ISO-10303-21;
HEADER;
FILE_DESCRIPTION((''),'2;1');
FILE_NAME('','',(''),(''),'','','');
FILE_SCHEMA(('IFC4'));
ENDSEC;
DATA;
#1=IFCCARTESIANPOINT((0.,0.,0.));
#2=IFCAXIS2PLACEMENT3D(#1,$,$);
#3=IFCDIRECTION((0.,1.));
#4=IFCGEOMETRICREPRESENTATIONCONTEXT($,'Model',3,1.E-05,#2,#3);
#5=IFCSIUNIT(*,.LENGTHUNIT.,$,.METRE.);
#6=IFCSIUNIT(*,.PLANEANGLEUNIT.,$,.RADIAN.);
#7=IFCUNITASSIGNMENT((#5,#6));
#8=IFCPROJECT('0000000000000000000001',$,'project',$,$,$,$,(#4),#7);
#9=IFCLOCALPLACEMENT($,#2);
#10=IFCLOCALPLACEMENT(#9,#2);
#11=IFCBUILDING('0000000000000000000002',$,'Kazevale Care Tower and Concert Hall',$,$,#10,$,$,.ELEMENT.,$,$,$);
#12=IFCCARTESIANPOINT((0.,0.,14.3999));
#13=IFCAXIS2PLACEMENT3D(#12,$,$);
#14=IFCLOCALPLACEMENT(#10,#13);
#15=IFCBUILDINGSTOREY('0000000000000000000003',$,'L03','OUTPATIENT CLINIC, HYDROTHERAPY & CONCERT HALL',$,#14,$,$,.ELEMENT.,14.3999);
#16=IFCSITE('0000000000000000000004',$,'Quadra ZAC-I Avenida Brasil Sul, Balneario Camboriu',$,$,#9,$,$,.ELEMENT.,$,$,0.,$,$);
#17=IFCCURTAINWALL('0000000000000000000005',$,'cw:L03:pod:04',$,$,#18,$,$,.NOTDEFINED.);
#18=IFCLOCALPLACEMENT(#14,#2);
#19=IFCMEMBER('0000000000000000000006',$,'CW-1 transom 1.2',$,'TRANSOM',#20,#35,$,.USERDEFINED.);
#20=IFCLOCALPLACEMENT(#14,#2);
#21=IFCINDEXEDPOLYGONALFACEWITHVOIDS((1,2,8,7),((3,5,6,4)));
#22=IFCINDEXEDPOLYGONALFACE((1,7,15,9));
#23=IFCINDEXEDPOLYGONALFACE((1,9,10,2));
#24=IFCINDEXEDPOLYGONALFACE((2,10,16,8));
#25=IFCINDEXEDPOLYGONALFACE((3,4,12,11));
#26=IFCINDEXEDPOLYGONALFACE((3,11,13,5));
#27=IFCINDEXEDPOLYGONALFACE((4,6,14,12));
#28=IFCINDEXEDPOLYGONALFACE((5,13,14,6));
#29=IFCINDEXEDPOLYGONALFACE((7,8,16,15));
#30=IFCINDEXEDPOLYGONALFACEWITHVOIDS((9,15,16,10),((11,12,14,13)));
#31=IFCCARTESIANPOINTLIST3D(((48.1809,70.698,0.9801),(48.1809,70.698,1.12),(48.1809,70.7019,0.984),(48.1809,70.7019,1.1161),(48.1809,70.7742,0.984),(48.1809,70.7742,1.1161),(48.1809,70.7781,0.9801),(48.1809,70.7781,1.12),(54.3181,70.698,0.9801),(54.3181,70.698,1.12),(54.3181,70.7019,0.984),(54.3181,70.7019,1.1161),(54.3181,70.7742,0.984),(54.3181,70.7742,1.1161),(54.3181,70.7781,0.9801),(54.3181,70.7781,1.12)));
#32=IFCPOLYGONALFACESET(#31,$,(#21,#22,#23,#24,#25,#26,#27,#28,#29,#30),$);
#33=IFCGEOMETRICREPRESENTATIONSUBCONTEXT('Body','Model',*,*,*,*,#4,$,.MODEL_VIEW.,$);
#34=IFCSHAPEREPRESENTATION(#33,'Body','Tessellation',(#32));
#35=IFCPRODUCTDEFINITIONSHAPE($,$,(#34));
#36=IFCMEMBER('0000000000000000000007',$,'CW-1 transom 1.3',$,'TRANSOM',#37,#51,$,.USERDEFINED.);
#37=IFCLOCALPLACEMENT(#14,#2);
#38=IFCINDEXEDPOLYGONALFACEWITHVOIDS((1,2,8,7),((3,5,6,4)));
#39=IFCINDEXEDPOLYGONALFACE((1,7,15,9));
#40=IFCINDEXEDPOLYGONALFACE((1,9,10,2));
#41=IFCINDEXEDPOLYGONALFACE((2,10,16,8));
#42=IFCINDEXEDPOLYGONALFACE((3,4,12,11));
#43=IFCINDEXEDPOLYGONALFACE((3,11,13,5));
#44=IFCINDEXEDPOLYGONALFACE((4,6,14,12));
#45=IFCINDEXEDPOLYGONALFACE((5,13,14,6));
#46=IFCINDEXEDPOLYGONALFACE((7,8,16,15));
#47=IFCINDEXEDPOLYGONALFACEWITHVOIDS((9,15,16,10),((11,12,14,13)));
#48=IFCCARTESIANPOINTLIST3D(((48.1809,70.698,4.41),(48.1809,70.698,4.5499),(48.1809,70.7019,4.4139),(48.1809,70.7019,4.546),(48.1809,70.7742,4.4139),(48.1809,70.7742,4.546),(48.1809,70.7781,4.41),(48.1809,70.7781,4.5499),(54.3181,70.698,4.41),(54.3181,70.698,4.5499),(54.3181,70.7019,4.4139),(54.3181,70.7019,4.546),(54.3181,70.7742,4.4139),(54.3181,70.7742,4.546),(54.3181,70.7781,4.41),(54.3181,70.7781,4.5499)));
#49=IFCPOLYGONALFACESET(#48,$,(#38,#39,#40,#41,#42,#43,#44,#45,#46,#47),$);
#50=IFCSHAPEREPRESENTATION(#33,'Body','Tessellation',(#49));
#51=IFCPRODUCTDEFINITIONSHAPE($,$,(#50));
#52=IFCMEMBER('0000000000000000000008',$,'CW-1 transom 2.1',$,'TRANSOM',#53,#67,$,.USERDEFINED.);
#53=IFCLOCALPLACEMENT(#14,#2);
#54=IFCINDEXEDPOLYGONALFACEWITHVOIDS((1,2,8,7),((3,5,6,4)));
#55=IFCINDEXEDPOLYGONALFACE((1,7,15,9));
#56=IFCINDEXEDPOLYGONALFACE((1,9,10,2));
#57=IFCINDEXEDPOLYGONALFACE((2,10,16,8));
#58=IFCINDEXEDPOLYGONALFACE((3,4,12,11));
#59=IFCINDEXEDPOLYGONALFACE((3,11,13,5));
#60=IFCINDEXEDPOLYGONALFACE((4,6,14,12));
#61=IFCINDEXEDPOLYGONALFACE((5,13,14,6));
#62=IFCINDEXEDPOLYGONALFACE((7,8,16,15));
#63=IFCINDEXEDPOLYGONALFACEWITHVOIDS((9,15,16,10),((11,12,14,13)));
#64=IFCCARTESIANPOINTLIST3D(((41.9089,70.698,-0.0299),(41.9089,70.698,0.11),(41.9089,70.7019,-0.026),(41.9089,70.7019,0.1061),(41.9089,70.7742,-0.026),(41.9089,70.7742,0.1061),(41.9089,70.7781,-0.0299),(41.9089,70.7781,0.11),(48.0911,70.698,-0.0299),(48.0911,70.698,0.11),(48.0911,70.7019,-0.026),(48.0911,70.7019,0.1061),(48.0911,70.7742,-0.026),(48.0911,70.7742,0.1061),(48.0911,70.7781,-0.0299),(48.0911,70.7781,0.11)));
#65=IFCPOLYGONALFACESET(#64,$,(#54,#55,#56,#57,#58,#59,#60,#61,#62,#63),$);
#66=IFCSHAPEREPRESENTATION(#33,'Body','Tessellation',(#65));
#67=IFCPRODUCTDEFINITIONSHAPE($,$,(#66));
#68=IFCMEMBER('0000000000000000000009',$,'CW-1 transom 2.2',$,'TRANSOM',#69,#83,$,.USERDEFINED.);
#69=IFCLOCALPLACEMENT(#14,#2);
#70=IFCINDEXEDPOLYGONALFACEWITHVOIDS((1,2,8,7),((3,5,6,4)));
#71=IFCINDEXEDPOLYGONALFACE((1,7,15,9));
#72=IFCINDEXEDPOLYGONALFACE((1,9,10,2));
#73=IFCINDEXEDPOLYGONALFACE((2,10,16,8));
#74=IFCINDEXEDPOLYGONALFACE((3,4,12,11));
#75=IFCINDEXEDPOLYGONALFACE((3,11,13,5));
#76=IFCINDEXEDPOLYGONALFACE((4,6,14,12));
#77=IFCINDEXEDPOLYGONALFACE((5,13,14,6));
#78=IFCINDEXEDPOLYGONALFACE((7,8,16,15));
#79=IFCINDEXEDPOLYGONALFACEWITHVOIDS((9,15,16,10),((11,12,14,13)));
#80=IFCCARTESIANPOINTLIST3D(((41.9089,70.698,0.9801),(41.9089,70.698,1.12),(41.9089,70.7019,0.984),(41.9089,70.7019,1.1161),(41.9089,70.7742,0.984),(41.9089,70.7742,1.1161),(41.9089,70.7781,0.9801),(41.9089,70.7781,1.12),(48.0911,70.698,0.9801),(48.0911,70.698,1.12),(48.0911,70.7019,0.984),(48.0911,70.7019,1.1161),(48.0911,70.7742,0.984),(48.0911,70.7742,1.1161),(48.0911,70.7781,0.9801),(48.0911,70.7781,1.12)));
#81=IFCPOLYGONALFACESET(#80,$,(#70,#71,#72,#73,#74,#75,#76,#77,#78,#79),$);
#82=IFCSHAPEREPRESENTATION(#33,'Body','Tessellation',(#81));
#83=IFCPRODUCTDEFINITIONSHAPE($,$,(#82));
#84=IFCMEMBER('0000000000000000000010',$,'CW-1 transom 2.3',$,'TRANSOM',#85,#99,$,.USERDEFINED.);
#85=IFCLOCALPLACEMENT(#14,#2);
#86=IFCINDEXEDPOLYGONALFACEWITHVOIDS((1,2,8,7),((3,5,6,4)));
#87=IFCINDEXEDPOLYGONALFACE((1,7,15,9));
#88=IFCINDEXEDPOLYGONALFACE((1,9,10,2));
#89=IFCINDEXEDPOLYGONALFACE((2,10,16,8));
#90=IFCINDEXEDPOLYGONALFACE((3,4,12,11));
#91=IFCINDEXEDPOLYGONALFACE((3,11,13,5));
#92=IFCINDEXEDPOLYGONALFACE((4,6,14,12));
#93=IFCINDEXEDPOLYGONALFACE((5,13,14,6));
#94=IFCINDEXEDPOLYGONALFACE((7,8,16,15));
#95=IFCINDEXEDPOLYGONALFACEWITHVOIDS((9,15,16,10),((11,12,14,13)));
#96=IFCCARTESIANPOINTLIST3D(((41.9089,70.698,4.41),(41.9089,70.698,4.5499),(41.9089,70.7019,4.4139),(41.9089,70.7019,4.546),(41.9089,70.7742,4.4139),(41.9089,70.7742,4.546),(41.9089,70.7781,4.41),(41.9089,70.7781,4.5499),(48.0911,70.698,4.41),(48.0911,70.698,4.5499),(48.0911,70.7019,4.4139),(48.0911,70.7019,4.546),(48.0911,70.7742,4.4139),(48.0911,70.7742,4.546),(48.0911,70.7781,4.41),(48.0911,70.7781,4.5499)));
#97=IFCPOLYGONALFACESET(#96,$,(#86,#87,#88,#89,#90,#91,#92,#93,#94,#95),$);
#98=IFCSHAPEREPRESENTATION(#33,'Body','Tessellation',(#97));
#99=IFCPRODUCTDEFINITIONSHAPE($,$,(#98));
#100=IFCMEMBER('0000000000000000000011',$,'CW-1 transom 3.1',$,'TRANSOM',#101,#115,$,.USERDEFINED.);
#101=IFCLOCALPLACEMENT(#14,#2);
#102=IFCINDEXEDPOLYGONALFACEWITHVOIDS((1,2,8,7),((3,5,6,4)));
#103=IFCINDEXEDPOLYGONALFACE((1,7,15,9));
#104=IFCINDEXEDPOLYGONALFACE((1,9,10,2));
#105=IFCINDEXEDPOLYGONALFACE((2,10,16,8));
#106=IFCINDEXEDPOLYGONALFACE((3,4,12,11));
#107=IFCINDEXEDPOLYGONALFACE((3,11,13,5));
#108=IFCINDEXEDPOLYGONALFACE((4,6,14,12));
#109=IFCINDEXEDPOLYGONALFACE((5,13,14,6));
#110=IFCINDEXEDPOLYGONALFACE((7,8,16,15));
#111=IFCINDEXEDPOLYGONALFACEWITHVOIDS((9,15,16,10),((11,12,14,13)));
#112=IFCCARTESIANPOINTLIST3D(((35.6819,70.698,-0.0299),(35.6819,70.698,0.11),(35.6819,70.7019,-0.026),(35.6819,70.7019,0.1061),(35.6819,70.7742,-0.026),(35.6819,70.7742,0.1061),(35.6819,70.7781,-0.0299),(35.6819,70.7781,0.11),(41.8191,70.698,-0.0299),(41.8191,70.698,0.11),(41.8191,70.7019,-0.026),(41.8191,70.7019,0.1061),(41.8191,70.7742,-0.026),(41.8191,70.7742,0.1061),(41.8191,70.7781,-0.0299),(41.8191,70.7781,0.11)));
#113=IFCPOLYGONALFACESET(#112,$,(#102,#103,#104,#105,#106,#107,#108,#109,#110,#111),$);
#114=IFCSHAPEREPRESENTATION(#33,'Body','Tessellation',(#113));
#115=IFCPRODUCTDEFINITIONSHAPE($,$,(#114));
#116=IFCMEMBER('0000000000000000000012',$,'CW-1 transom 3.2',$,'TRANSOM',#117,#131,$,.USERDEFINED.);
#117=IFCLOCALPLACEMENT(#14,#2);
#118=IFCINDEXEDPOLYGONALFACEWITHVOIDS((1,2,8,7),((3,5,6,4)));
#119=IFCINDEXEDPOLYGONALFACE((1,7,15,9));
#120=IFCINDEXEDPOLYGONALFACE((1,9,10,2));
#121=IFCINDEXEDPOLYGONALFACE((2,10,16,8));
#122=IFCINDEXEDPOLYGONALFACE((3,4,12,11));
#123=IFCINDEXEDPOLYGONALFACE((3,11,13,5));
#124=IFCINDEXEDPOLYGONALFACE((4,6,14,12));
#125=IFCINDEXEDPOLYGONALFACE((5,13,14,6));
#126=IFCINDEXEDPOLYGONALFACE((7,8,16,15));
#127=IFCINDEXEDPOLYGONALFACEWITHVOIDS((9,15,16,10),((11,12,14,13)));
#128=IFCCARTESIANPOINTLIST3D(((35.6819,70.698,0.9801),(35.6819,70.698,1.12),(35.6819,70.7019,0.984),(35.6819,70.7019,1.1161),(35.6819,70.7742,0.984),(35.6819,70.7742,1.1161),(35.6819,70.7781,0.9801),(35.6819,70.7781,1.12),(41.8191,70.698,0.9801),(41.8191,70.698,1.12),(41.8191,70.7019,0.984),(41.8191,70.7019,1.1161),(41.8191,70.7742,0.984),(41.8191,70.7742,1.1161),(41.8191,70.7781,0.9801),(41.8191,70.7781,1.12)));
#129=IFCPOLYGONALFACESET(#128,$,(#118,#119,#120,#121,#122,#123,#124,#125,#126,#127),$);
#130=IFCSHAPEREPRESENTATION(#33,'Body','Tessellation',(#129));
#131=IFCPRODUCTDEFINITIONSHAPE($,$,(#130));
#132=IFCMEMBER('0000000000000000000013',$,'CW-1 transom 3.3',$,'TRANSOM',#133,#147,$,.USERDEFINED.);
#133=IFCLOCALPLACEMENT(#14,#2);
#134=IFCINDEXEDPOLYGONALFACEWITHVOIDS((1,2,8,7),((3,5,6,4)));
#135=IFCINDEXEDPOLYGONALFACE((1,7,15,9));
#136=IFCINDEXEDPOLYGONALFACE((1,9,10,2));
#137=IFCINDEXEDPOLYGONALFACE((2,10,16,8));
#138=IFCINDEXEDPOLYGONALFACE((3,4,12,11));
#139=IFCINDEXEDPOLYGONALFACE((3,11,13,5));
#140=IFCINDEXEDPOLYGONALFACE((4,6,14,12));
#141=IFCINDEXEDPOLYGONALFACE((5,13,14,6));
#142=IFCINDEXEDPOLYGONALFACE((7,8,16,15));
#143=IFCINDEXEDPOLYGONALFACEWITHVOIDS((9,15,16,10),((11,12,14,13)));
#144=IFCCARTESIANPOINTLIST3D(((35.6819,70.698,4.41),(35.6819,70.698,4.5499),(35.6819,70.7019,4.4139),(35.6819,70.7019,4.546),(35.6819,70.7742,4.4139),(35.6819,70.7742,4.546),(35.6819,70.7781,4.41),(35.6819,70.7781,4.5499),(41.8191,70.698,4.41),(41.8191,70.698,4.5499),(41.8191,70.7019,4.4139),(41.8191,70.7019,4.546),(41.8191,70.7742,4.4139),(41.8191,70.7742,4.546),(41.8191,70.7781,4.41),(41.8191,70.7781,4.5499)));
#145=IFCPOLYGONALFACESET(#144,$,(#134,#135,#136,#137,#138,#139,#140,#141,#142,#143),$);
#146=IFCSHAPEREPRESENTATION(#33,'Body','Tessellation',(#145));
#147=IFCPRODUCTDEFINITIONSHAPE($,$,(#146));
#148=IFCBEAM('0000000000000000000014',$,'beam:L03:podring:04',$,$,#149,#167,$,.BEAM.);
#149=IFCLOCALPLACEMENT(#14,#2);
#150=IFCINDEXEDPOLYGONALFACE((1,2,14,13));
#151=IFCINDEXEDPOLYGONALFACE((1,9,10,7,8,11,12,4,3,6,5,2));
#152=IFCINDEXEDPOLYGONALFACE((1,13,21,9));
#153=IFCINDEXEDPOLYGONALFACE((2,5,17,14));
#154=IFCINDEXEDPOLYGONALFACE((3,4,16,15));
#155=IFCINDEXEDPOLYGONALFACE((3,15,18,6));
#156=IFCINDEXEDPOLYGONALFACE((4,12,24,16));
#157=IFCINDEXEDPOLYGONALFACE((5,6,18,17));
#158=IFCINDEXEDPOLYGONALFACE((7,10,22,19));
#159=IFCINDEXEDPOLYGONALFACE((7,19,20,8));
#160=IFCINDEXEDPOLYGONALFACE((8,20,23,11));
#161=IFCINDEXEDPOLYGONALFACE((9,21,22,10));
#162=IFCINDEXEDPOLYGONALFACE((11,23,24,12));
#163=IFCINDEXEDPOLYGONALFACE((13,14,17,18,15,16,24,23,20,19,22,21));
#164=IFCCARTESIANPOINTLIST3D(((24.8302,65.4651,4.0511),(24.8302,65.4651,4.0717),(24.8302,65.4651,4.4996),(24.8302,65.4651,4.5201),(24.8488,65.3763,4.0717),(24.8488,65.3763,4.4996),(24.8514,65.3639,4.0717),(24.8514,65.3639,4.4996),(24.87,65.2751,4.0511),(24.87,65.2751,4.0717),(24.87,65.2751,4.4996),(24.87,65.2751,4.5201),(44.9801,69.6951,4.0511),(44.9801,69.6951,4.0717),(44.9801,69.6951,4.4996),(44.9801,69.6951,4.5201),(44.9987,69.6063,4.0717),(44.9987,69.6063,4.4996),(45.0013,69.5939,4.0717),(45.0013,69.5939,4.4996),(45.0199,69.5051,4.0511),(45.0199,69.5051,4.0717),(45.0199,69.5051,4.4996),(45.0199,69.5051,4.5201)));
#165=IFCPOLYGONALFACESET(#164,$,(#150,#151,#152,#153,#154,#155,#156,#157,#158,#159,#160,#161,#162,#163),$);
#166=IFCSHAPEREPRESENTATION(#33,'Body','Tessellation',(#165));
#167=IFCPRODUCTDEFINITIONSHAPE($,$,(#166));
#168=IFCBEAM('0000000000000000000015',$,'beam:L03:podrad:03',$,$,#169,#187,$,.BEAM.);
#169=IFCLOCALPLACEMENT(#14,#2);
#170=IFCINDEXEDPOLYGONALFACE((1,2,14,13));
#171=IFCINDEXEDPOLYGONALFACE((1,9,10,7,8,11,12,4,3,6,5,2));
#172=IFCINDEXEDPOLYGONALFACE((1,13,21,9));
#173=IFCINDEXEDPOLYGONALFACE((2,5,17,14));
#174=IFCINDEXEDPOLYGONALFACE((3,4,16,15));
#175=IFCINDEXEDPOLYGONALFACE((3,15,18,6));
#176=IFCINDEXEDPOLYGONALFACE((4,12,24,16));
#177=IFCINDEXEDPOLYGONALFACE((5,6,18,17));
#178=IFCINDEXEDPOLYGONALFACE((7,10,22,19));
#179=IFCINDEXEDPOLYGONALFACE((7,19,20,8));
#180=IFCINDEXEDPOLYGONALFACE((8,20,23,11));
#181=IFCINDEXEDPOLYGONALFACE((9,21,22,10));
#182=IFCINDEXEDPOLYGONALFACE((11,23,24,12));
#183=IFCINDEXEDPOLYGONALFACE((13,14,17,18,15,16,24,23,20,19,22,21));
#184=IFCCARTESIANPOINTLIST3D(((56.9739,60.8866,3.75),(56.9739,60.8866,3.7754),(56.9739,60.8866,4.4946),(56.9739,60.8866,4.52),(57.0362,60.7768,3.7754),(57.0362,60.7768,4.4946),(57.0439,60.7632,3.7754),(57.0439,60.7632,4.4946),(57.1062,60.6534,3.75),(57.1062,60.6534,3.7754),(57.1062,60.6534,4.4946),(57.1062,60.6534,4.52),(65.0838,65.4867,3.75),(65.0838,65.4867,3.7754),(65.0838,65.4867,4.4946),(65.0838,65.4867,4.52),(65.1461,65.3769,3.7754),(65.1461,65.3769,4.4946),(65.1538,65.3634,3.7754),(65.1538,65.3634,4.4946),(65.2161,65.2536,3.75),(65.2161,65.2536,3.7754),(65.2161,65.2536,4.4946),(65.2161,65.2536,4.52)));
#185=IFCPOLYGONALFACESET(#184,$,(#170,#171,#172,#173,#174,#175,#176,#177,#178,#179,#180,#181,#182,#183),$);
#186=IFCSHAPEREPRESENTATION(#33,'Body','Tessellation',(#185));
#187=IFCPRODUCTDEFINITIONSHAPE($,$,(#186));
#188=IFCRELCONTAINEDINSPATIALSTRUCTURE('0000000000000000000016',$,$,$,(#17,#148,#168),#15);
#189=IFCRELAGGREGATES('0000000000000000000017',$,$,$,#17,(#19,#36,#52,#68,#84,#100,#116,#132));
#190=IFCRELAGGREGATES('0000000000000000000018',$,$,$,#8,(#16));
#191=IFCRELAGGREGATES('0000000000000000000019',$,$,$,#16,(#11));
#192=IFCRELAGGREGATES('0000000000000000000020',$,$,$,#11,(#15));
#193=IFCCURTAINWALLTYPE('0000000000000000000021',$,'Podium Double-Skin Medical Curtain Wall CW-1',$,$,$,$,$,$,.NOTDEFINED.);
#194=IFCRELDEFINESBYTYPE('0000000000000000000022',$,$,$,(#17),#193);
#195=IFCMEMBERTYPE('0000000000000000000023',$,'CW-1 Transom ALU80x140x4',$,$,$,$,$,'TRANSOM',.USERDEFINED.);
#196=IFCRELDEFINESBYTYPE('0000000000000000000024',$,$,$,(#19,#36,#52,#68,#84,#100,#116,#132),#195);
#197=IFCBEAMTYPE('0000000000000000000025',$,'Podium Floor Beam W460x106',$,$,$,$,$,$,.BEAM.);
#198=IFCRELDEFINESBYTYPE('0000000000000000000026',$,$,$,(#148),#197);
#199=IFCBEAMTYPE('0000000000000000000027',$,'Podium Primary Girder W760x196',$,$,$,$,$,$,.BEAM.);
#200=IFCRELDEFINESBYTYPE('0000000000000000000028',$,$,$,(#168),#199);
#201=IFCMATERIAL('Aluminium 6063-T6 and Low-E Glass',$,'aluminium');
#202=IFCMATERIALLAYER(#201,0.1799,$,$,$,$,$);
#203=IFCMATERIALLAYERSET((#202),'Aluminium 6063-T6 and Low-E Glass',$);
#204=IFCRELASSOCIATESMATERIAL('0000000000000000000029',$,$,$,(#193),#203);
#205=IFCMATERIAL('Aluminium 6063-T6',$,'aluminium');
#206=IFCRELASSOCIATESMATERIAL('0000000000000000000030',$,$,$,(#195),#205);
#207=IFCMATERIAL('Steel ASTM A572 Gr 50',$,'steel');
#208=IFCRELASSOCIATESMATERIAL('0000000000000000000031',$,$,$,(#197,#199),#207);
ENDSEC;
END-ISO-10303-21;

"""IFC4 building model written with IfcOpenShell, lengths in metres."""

from ifc_helpers import new_model, si_unit, direction, frame, origin, origin_2d, place, context, subcontext, project, spatial, hollow_rectangle, i_section, extrude, material, layer, layer_set, material_profile, profile_set, type_object, element, aggregate, save


model = new_model("IFC4")

# Units and contexts
model_context = context("Model", 3, precision=1e-05, world=origin(), true_north=direction((0.0, 1.0)))
body_context = subcontext(model_context, "Body", "Model", "MODEL_VIEW")
ifc_project = project(units=[si_unit("LENGTHUNIT", "METRE"), si_unit("PLANEANGLEUNIT", "RADIAN")], contexts=[model_context])

# Site, building, storey
site_placement = place(None, origin())
site = spatial("IfcSite", under=ifc_project, at=site_placement, Name="Quadra ZAC-I Avenida Brasil Sul, Balneario Camboriu", CompositionType="ELEMENT", RefElevation=0.0)
building_placement = place(site_placement, origin())
building = spatial("IfcBuilding", under=site, at=building_placement, Name="Kazevale Care Tower and Concert Hall", CompositionType="ELEMENT")
storey_placement = place(building_placement, frame((0.0, 0.0, 14.3999)))
storey = spatial("IfcBuildingStorey", under=building, at=storey_placement, Name="L03", Description="OUTPATIENT CLINIC, HYDROTHERAPY & CONCERT HALL", CompositionType="ELEMENT", Elevation=14.3999)

# Curtain wall, members
ifc_material_1 = material(Name="Aluminium 6063-T6 and Low-E Glass", Category="aluminium")
ifc_layer_1 = layer(ifc_material_1, 0.1799)
ifc_layer_set_1 = layer_set([ifc_layer_1], Name="Aluminium 6063-T6 and Low-E Glass")
curtain_wall_type = type_object("IfcCurtainWallType", Name="Podium Double-Skin Medical Curtain Wall CW-1", PredefinedType="NOTDEFINED", material=ifc_layer_set_1)
curtain_wall_placement = place(storey_placement, origin())
curtain_wall = element("IfcCurtainWall", 1, at=curtain_wall_placement, inside=storey, type_object=curtain_wall_type, Name="cw:L03:pod:04", PredefinedType="NOTDEFINED")
ifc_material_2 = material(Name="Aluminium 6063-T6", Category="aluminium")
ifc_material_profile_1 = material_profile(ifc_material_2, hollow_rectangle(XDim=0.0801, YDim=0.1399, WallThickness=0.0039, at=origin_2d()), Name="ALU80x140x4")
ifc_profile_set_1 = profile_set([ifc_material_profile_1], Name="Aluminium 6063-T6")
member_type_1 = type_object("IfcMemberType", Name="CW-1 Transom ALU80x140x4", ElementType="TRANSOM", PredefinedType="USERDEFINED", material=ifc_profile_set_1)
member_1_placement = place(storey_placement, frame((54.3181, 70.738, 1.05), z_axis=(-1.0, 0.0, 0.0), x_axis=(0.0, -1.0, 0.0)))
member_1 = element("IfcMember", 2, at=member_1_placement, type_object=member_type_1, Name="CW-1 transom 1.2", ObjectType="TRANSOM", PredefinedType="USERDEFINED", context=body_context, shape_type="SweptSolid", body=[
    extrude(hollow_rectangle(XDim=0.0801, YDim=0.1399, WallThickness=0.0039, at=origin_2d()), origin(), (0.0, 0.0, 1.0), 6.1372),
])
member_2_placement = place(storey_placement, frame((54.3181, 70.738, 4.48), z_axis=(-1.0, 0.0, 0.0), x_axis=(0.0, -1.0, 0.0)))
member_2 = element("IfcMember", 3, at=member_2_placement, type_object=member_type_1, Name="CW-1 transom 1.3", ObjectType="TRANSOM", PredefinedType="USERDEFINED", context=body_context, shape_type="SweptSolid", body=[
    extrude(hollow_rectangle(XDim=0.0801, YDim=0.1399, WallThickness=0.0039, at=origin_2d()), origin(), (0.0, 0.0, 1.0), 6.1372),
])
member_3_placement = place(storey_placement, frame((48.0911, 70.738, 0.04), z_axis=(-1.0, 0.0, 0.0), x_axis=(0.0, -1.0, 0.0)))
member_3 = element("IfcMember", 4, at=member_3_placement, type_object=member_type_1, Name="CW-1 transom 2.1", ObjectType="TRANSOM", PredefinedType="USERDEFINED", context=body_context, shape_type="SweptSolid", body=[
    extrude(hollow_rectangle(XDim=0.0801, YDim=0.1399, WallThickness=0.0039, at=origin_2d()), origin(), (0.0, 0.0, 1.0), 6.1821),
])
member_4_placement = place(storey_placement, frame((48.0911, 70.738, 1.05), z_axis=(-1.0, 0.0, 0.0), x_axis=(0.0, -1.0, 0.0)))
member_4 = element("IfcMember", 5, at=member_4_placement, type_object=member_type_1, Name="CW-1 transom 2.2", ObjectType="TRANSOM", PredefinedType="USERDEFINED", context=body_context, shape_type="SweptSolid", body=[
    extrude(hollow_rectangle(XDim=0.0801, YDim=0.1399, WallThickness=0.0039, at=origin_2d()), origin(), (0.0, 0.0, 1.0), 6.1821),
])
member_5_placement = place(storey_placement, frame((48.0911, 70.738, 4.48), z_axis=(-1.0, 0.0, 0.0), x_axis=(0.0, -1.0, 0.0)))
member_5 = element("IfcMember", 6, at=member_5_placement, type_object=member_type_1, Name="CW-1 transom 2.3", ObjectType="TRANSOM", PredefinedType="USERDEFINED", context=body_context, shape_type="SweptSolid", body=[
    extrude(hollow_rectangle(XDim=0.0801, YDim=0.1399, WallThickness=0.0039, at=origin_2d()), origin(), (0.0, 0.0, 1.0), 6.1821),
])
member_6_placement = place(storey_placement, frame((41.8191, 70.738, 0.04), z_axis=(-1.0, 0.0, 0.0), x_axis=(0.0, -1.0, 0.0)))
member_6 = element("IfcMember", 7, at=member_6_placement, type_object=member_type_1, Name="CW-1 transom 3.1", ObjectType="TRANSOM", PredefinedType="USERDEFINED", context=body_context, shape_type="SweptSolid", body=[
    extrude(hollow_rectangle(XDim=0.0801, YDim=0.1399, WallThickness=0.0039, at=origin_2d()), origin(), (0.0, 0.0, 1.0), 6.1372),
])
member_7_placement = place(storey_placement, frame((41.8191, 70.738, 1.05), z_axis=(-1.0, 0.0, 0.0), x_axis=(0.0, -1.0, 0.0)))
member_7 = element("IfcMember", 8, at=member_7_placement, type_object=member_type_1, Name="CW-1 transom 3.2", ObjectType="TRANSOM", PredefinedType="USERDEFINED", context=body_context, shape_type="SweptSolid", body=[
    extrude(hollow_rectangle(XDim=0.0801, YDim=0.1399, WallThickness=0.0039, at=origin_2d()), origin(), (0.0, 0.0, 1.0), 6.1372),
])
member_8_placement = place(storey_placement, frame((41.8191, 70.738, 4.48), z_axis=(-1.0, 0.0, 0.0), x_axis=(0.0, -1.0, 0.0)))
member_8 = element("IfcMember", 9, at=member_8_placement, type_object=member_type_1, Name="CW-1 transom 3.3", ObjectType="TRANSOM", PredefinedType="USERDEFINED", context=body_context, shape_type="SweptSolid", body=[
    extrude(hollow_rectangle(XDim=0.0801, YDim=0.1399, WallThickness=0.0039, at=origin_2d()), origin(), (0.0, 0.0, 1.0), 6.1372),
])

# Beams
ifc_material_3 = material(Name="Steel ASTM A572 Gr 50", Category="steel")
ifc_material_profile_2 = material_profile(ifc_material_3, i_section(OverallWidth=0.1941, OverallDepth=0.469, WebThickness=0.0127, FlangeThickness=0.0205, at=origin_2d()), Name="W460x106")
ifc_profile_set_2 = profile_set([ifc_material_profile_2], Name="Steel ASTM A572 Gr 50")
beam_type_1 = type_object("IfcBeamType", Name="Podium Floor Beam W460x106", PredefinedType="BEAM", material=ifc_profile_set_2)
beam_1_placement = place(storey_placement, frame((45.0, 69.6001, 4.2856), z_axis=(-0.978668, -0.205448, 0.0), x_axis=(0.205448, -0.978668, 0.0)))
element("IfcBeam", 10, at=beam_1_placement, inside=storey, type_object=beam_type_1, Name="beam:L03:podring:04", PredefinedType="BEAM", context=body_context, shape_type="SweptSolid", body=[
    extrude(i_section(OverallWidth=0.1941, OverallDepth=0.469, WebThickness=0.0127, FlangeThickness=0.0205, at=origin_2d()), origin(), (0.0, 0.0, 1.0), 20.5891),
])
ifc_material_profile_3 = material_profile(ifc_material_3, i_section(OverallWidth=0.2681, OverallDepth=0.77, WebThickness=0.0156, FlangeThickness=0.0254, at=origin_2d()), Name="W760x196")
ifc_profile_set_3 = profile_set([ifc_material_profile_3], Name="Steel ASTM A572 Gr 50")
beam_type_2 = type_object("IfcBeamType", Name="Podium Primary Girder W760x196", PredefinedType="BEAM", material=ifc_profile_set_3)
beam_2_placement = place(storey_placement, frame((57.04, 60.77, 4.135), z_axis=(0.869815, 0.493379, 0.0), x_axis=(-0.493379, 0.869815, 0.0)))
element("IfcBeam", 11, at=beam_2_placement, inside=storey, type_object=beam_type_2, Name="beam:L03:podrad:03", PredefinedType="BEAM", context=body_context, shape_type="SweptSolid", body=[
    extrude(i_section(OverallWidth=0.2681, OverallDepth=0.77, WebThickness=0.0156, FlangeThickness=0.0254, at=origin_2d()), origin(), (0.0, 0.0, 1.0), 9.3237),
])

aggregate(curtain_wall, [member_1, member_2, member_3, member_4, member_5, member_6, member_7, member_8])

save(model, "model.ifc")
